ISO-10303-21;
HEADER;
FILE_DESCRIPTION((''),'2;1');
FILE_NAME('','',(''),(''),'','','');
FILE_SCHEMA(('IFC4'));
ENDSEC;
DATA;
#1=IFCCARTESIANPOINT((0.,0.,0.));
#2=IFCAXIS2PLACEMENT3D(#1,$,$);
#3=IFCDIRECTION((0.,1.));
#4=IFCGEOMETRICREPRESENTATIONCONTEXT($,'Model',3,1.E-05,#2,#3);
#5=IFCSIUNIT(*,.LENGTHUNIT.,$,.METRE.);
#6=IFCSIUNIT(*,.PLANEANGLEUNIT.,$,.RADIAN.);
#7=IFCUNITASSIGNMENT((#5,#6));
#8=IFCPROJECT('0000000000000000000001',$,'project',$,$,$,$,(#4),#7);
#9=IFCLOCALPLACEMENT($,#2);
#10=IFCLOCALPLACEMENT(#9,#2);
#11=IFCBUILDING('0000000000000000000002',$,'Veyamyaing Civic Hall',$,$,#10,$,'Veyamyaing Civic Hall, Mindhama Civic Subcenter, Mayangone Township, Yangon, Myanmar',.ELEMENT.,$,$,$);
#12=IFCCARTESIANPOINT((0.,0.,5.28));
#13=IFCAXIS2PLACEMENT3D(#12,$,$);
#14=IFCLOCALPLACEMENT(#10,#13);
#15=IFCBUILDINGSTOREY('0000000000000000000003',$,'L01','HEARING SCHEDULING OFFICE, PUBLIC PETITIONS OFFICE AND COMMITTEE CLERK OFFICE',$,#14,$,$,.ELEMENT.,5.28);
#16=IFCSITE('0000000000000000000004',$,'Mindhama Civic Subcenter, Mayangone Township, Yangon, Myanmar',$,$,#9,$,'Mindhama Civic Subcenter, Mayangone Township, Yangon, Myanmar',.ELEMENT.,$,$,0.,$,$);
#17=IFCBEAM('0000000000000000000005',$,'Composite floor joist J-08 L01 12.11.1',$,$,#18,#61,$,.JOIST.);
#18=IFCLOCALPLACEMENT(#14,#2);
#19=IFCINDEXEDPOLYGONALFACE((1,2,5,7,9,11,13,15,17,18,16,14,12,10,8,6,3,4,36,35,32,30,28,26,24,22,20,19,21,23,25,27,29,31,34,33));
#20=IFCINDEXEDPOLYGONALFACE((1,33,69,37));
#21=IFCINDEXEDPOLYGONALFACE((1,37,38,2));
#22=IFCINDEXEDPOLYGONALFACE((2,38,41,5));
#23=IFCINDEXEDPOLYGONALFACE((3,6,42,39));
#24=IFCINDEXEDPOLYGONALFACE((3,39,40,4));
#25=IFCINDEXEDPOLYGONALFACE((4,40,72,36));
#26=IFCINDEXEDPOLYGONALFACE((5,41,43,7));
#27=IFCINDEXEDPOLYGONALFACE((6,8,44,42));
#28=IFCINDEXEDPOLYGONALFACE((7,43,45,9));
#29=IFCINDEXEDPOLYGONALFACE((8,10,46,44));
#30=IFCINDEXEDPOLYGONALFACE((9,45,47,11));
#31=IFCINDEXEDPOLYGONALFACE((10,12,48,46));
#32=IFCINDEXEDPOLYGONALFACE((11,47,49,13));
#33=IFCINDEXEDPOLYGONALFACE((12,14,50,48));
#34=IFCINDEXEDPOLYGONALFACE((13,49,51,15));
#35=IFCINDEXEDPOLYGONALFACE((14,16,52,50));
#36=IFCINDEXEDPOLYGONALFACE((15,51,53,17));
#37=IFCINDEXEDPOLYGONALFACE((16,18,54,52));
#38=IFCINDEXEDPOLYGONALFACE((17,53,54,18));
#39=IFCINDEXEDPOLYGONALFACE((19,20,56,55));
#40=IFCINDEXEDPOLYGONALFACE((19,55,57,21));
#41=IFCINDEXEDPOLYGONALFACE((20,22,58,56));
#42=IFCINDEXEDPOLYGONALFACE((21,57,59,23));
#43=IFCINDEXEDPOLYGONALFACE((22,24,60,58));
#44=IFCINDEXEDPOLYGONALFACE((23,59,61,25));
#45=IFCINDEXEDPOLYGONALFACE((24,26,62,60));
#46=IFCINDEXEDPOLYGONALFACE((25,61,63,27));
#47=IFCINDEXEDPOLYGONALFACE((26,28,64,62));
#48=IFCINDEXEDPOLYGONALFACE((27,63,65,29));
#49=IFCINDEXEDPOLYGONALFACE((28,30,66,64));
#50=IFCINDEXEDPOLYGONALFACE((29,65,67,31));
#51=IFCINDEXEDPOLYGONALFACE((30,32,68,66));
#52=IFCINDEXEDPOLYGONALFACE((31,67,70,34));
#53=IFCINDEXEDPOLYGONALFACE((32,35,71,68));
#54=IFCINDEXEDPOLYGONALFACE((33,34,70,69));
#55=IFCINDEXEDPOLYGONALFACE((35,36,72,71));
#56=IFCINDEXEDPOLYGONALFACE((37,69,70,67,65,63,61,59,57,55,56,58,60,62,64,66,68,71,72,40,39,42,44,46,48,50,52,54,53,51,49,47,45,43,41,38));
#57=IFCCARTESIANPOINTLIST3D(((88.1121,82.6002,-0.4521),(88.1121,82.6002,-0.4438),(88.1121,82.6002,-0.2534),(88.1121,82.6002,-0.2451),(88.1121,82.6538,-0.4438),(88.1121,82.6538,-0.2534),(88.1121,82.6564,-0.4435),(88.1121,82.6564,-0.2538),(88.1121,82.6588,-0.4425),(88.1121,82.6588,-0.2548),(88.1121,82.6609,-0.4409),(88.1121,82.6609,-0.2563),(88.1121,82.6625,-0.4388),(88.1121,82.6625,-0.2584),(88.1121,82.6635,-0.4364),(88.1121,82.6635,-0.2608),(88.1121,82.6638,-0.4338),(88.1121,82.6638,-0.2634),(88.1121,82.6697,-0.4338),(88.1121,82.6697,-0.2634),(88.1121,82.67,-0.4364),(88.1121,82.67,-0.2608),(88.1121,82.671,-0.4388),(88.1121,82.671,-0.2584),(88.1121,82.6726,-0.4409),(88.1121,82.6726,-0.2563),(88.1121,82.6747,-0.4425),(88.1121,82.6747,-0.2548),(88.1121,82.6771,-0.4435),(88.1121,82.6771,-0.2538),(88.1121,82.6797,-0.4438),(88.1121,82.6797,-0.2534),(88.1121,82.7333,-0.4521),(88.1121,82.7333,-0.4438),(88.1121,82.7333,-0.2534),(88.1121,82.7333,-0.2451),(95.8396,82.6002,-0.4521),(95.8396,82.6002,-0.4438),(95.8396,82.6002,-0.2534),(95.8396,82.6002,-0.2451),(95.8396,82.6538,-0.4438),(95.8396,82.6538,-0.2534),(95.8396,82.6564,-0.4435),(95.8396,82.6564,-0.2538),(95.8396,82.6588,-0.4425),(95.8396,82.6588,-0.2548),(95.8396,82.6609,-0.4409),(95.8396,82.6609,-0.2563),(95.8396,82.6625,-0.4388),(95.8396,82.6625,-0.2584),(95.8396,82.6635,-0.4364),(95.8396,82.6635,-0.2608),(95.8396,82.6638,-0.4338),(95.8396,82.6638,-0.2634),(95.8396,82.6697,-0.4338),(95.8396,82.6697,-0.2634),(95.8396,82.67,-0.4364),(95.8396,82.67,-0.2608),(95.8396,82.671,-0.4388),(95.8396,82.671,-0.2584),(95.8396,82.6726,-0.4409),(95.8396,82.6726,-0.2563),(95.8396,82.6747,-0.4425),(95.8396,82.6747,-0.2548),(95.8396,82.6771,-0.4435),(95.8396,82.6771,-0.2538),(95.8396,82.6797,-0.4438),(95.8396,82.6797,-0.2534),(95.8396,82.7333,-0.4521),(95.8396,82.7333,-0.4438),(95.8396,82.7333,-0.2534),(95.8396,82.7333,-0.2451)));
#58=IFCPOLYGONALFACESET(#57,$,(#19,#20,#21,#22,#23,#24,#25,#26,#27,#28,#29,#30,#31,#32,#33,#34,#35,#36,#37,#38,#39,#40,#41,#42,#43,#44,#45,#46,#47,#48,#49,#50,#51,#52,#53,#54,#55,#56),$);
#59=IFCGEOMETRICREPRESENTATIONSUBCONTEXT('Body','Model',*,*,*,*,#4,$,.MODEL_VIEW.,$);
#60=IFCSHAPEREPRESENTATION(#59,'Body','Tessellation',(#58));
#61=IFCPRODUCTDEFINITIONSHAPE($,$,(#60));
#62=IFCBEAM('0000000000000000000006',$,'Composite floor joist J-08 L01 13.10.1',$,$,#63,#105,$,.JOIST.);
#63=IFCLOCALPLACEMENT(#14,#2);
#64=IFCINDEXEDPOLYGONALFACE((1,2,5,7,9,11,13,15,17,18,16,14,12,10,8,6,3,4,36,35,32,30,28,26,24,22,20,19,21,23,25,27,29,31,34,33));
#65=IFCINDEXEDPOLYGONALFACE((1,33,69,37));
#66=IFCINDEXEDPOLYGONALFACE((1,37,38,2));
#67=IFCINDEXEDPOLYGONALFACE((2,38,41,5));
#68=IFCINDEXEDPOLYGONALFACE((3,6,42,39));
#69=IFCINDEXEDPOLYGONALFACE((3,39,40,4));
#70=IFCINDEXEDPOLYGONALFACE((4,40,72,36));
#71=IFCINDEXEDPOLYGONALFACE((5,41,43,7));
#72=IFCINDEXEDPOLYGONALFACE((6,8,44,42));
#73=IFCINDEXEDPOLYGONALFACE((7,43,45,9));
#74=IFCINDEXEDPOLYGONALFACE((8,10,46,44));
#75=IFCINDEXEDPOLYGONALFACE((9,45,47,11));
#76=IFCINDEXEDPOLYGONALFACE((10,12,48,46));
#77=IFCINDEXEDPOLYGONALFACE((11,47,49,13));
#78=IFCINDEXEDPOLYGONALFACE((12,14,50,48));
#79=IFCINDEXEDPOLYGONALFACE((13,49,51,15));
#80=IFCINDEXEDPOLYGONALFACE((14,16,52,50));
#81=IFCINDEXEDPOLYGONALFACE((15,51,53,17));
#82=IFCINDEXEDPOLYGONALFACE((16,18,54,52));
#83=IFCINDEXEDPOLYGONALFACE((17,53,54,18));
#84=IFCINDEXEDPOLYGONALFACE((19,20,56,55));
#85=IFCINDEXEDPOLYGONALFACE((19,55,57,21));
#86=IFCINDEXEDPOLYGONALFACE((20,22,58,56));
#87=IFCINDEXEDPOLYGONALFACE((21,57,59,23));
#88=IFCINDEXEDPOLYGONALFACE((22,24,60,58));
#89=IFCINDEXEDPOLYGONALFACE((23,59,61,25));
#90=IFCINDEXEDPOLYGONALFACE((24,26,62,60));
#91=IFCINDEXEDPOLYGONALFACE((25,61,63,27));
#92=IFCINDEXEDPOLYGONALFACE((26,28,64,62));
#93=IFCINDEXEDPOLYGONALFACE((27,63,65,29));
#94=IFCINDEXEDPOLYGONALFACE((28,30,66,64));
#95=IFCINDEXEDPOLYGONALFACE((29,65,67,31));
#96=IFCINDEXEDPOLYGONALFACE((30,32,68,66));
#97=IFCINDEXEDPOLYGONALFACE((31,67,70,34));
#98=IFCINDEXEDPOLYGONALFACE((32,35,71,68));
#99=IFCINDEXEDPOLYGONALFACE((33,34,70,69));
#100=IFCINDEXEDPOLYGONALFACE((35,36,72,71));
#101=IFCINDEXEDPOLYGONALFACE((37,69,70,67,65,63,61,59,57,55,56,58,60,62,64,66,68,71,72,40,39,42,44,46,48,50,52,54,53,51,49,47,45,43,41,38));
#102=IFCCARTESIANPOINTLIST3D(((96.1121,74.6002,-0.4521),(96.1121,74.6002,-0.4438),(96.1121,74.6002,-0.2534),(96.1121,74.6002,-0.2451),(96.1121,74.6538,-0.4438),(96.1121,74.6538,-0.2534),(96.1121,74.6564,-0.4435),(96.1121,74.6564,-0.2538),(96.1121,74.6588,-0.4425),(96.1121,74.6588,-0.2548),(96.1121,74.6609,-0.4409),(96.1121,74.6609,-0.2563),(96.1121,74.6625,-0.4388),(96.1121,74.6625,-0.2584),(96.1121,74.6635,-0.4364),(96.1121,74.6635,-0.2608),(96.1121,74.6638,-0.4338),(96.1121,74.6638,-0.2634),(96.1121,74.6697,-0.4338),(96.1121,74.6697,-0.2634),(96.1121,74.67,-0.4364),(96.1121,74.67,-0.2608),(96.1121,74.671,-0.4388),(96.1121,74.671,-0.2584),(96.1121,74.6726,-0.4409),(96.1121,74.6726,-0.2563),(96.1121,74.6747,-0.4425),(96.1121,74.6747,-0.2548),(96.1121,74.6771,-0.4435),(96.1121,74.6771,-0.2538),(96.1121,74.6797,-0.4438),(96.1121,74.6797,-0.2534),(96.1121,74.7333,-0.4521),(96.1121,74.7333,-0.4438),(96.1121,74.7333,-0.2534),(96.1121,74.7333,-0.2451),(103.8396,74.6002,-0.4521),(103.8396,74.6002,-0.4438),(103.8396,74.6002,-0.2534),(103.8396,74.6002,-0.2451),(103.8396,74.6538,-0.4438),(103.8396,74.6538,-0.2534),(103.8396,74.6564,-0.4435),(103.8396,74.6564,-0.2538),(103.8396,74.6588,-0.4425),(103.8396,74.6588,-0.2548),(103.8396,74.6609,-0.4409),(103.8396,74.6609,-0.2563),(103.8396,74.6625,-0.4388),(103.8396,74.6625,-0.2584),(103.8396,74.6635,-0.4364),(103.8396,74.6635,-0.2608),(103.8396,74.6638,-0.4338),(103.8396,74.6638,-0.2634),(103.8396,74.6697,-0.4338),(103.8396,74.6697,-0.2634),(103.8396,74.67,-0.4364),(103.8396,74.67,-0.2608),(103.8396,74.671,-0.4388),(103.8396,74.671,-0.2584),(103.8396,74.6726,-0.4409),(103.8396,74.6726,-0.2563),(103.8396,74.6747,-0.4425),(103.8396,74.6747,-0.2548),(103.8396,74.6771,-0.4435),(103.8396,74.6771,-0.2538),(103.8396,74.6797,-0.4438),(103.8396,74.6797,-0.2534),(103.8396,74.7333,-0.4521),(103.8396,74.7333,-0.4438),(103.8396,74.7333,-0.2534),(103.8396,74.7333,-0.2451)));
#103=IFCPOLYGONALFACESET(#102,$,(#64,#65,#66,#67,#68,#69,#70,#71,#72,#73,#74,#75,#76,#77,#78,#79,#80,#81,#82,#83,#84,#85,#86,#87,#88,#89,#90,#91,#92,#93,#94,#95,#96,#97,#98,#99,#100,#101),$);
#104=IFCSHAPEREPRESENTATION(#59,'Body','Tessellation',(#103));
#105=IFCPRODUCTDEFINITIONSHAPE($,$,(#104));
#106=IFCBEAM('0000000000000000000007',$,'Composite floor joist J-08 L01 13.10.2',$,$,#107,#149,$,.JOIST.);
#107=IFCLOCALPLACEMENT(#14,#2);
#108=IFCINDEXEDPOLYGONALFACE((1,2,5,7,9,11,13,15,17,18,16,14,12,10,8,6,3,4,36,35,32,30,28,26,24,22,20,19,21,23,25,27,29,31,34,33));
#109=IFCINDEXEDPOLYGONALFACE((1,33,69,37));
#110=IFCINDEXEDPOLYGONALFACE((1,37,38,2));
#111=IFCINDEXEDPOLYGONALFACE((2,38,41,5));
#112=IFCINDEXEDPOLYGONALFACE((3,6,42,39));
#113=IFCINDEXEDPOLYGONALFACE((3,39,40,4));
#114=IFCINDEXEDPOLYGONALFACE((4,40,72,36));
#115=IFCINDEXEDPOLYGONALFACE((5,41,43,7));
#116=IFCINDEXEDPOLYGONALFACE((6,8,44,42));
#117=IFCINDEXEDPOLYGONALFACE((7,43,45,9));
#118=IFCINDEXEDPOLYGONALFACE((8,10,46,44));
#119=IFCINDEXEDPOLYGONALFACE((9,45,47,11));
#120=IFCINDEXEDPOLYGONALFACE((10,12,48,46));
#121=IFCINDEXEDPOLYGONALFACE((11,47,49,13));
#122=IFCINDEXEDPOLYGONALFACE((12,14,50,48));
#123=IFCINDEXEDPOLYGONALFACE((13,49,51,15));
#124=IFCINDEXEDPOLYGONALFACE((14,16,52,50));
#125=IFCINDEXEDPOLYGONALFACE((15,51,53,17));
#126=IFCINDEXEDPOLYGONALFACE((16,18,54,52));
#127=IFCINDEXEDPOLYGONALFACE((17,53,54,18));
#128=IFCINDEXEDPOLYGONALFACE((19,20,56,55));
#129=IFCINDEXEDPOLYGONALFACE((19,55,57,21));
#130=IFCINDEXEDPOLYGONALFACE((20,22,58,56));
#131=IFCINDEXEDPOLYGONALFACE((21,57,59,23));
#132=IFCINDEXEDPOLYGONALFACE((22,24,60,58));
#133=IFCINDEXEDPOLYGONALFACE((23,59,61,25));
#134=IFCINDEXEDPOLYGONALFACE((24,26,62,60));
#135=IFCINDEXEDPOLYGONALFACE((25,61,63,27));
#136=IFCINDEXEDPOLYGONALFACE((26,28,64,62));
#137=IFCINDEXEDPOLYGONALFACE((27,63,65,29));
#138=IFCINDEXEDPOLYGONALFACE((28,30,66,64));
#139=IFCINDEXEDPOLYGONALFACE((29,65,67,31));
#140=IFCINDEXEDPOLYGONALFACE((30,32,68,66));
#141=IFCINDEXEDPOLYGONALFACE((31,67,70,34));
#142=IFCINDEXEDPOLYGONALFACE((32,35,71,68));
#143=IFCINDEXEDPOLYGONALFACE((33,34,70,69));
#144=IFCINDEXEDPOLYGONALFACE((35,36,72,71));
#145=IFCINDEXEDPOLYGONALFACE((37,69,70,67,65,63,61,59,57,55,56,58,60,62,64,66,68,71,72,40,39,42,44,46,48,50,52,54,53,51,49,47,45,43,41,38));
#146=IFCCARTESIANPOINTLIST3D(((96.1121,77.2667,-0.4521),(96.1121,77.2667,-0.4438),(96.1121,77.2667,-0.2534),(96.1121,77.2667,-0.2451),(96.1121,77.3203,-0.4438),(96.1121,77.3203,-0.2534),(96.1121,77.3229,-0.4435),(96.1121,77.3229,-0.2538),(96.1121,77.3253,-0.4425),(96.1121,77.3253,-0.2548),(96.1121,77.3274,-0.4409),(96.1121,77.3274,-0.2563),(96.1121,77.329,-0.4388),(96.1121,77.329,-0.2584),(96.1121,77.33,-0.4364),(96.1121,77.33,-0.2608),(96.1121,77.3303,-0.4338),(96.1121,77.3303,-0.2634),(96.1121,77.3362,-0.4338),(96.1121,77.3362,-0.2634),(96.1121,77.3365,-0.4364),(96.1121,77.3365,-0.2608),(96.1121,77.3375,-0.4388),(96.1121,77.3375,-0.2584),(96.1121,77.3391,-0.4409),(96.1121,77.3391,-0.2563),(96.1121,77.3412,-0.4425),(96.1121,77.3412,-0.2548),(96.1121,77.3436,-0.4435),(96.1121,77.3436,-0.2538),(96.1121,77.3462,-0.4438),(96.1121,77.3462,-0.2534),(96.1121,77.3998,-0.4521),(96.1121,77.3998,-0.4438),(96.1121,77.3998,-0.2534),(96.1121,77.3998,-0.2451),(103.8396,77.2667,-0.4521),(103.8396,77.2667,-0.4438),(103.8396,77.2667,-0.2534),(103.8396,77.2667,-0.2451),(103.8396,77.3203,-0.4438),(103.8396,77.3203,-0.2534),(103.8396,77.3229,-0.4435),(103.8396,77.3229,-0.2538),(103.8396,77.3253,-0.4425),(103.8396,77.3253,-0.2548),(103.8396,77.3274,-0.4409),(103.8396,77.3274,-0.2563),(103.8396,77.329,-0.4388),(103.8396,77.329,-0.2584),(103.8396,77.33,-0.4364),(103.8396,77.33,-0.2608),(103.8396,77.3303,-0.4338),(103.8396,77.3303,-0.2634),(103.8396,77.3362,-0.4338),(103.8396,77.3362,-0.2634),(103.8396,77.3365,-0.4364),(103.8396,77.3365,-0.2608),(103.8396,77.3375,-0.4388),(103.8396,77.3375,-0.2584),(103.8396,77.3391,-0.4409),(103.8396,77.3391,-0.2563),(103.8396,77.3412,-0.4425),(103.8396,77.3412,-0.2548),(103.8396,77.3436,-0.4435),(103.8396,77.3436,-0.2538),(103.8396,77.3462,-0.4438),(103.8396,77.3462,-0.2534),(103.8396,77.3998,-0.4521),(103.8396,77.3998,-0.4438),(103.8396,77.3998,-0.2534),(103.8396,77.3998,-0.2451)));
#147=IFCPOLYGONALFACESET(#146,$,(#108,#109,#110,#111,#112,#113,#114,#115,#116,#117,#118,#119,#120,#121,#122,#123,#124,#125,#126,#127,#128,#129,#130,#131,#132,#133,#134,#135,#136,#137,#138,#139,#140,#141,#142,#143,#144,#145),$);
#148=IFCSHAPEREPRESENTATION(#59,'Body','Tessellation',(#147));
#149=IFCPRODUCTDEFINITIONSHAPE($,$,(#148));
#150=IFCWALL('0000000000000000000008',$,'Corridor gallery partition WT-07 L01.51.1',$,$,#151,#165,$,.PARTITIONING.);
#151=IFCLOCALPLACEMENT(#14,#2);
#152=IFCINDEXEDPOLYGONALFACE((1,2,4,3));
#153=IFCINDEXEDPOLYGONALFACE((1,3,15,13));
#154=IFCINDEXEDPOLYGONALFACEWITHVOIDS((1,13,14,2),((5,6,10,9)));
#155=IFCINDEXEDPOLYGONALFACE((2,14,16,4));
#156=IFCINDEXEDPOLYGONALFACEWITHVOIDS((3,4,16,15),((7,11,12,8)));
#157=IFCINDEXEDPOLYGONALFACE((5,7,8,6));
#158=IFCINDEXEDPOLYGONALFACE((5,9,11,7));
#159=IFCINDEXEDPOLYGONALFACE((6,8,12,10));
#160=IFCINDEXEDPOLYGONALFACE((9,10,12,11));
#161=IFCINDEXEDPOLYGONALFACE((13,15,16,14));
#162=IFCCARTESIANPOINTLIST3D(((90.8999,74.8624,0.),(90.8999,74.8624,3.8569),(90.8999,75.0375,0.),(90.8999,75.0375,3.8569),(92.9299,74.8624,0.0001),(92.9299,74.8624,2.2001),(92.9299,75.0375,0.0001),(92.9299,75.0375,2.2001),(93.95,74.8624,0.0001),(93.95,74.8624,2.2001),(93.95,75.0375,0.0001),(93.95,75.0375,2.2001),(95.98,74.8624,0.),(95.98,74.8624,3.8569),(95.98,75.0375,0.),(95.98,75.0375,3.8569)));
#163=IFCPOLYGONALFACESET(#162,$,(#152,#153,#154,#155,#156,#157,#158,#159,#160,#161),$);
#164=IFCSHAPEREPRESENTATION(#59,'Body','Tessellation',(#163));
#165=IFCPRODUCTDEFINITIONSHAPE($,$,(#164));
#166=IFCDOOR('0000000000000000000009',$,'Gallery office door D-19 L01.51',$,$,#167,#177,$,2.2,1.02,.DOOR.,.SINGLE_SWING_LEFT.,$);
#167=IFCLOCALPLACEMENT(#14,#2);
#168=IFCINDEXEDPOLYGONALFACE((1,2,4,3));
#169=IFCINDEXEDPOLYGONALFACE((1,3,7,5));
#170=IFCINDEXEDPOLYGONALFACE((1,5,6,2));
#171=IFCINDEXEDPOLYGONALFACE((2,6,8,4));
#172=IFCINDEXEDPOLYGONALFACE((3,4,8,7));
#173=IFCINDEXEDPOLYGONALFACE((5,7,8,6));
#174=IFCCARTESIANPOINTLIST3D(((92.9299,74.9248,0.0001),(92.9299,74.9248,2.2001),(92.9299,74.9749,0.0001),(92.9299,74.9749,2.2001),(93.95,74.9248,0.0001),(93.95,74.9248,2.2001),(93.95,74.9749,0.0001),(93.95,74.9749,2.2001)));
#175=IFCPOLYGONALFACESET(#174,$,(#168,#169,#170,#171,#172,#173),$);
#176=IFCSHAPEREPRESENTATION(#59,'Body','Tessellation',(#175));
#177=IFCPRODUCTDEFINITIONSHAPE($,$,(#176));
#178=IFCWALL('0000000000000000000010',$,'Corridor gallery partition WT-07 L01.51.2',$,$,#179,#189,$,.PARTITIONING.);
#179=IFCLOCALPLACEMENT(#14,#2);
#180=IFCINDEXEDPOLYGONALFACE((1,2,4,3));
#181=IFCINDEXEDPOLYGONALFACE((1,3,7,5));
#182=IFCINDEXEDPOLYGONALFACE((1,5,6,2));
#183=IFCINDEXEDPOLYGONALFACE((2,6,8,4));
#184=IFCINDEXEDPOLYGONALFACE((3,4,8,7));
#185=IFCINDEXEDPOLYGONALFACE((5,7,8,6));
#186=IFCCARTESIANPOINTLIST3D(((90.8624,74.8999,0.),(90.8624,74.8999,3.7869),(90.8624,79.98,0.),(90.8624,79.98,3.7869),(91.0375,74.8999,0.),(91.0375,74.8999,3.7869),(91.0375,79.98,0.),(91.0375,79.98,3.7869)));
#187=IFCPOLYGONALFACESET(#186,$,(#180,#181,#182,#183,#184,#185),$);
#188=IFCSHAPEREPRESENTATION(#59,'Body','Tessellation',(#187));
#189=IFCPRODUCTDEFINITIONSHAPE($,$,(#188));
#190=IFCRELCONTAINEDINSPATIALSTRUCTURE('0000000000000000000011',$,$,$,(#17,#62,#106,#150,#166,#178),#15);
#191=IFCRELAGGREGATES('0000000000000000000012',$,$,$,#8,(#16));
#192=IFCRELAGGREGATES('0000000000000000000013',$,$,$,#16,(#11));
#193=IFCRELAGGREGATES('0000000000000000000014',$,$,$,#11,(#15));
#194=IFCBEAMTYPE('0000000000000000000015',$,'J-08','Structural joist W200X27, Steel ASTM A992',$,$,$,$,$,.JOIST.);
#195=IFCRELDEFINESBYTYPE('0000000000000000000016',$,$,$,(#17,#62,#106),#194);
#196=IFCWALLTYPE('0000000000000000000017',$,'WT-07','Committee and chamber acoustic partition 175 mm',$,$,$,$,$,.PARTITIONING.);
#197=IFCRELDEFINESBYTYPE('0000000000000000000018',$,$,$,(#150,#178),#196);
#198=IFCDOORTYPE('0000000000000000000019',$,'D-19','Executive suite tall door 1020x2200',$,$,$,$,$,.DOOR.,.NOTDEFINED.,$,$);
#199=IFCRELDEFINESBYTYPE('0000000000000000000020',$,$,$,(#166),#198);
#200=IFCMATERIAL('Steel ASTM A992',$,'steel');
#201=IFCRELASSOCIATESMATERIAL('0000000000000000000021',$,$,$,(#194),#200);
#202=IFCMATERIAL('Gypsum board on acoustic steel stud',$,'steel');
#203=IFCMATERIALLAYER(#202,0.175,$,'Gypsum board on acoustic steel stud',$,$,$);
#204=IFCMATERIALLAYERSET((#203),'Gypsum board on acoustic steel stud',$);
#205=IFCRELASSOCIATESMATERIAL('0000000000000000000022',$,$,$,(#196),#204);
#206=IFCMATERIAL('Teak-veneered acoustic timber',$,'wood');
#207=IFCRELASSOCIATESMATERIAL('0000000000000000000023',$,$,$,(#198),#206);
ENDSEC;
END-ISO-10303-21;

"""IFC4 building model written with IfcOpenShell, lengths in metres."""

from ifc_helpers import new_model, si_unit, direction, frame, frame_2d, origin, origin_2d, place, context, subcontext, project, spatial, rectangle, i_section, extrude, material, layer, layer_set, material_profile, profile_set, type_object, element, fill, save


model = new_model("IFC4")

# Units and contexts
model_context = context("Model", 3, precision=1e-05, world=origin(), true_north=direction((0.0, 1.0)))
body_context = subcontext(model_context, "Body", "Model", "MODEL_VIEW")
ifc_project = project(units=[si_unit("LENGTHUNIT", "METRE"), si_unit("PLANEANGLEUNIT", "RADIAN")], contexts=[model_context])

# Site, building, storey
site_placement = place(None, origin())
site = spatial("IfcSite", under=ifc_project, at=site_placement, Name="Mindhama Civic Subcenter, Mayangone Township, Yangon, Myanmar", LongName="Mindhama Civic Subcenter, Mayangone Township, Yangon, Myanmar", CompositionType="ELEMENT", RefElevation=0.0)
building_placement = place(site_placement, origin())
building = spatial("IfcBuilding", under=site, at=building_placement, Name="Veyamyaing Civic Hall", LongName="Veyamyaing Civic Hall, Mindhama Civic Subcenter, Mayangone Township, Yangon, Myanmar", CompositionType="ELEMENT")
storey_placement = place(building_placement, frame((0.0, 0.0, 5.28)))
storey = spatial("IfcBuildingStorey", under=building, at=storey_placement, Name="L01", Description="HEARING SCHEDULING OFFICE, PUBLIC PETITIONS OFFICE AND COMMITTEE CLERK OFFICE", CompositionType="ELEMENT", Elevation=5.28)

# Beams
ifc_material_1 = material(Name="Steel ASTM A992", Category="steel")
ifc_material_profile_1 = material_profile(ifc_material_1, i_section(OverallWidth=0.1331, OverallDepth=0.207, WebThickness=0.0059, FlangeThickness=0.0083, FilletRadius=0.01, at=origin_2d()), Name="W200X27")
ifc_profile_set_1 = profile_set([ifc_material_profile_1], Name="Steel ASTM A992")
beam_type_1 = type_object("IfcBeamType", Name="J-08", Description="Structural joist W200X27, Steel ASTM A992", PredefinedType="JOIST", material=ifc_profile_set_1)
for number, where, z_axis, x_axis, name in (
    (1, (88.1121, 82.6667, -0.3486), (1.0, 0.0, 0.0), (0.0, 1.0, 0.0), "Composite floor joist J-08 L01 12.11.1"),
    (2, (96.1121, 74.6667, -0.3486), (1.0, 0.0, 0.0), (0.0, 1.0, 0.0), "Composite floor joist J-08 L01 13.10.1"),
    (3, (96.1121, 77.3333, -0.3486), (1.0, 0.0, 0.0), (0.0, 1.0, 0.0), "Composite floor joist J-08 L01 13.10.2"),
):
    element("IfcBeam", number, at=place(storey_placement, frame(where, z_axis=z_axis, x_axis=x_axis)), inside=storey, type_object=beam_type_1, Name=name, PredefinedType="JOIST", context=body_context, shape_type="SweptSolid", body=[
        extrude(i_section(OverallWidth=0.1331, OverallDepth=0.207, WebThickness=0.0059, FlangeThickness=0.0083, FilletRadius=0.01, at=origin_2d()), origin(), (0.0, 0.0, 1.0), 7.7275),
    ])

# Wall, opening, door
ifc_material_2 = material(Name="Gypsum board on acoustic steel stud", Category="steel")
ifc_layer_1 = layer(ifc_material_2, 0.175, Name="Gypsum board on acoustic steel stud")
ifc_layer_set_1 = layer_set([ifc_layer_1], Name="Gypsum board on acoustic steel stud")
wall_type_1 = type_object("IfcWallType", Name="WT-07", Description="Committee and chamber acoustic partition 175 mm", PredefinedType="PARTITIONING", material=ifc_layer_set_1)
wall_1_placement = place(storey_placement, frame((90.8999, 74.95, 0.0), z_axis=(0.0, 0.0, 1.0), x_axis=(1.0, 0.0, 0.0)))
wall_1 = element("IfcWall", 4, at=wall_1_placement, inside=storey, type_object=wall_type_1, Name="Corridor gallery partition WT-07 L01.51.1", PredefinedType="PARTITIONING", context=body_context, shape_type="SweptSolid", body=[
    extrude(rectangle(XDim=5.0801, YDim=0.175, at=frame_2d((2.54, 0.0))), origin(), (0.0, 0.0, 1.0), 3.8569),
])
opening_1_placement = place(wall_1_placement, frame((2.03, 0.0, 0.0)))
opening_1 = element("IfcOpeningElement", 5, at=opening_1_placement, cuts=wall_1, PredefinedType="OPENING", context=body_context, shape_type="SweptSolid", body=[
    extrude(rectangle(XDim=1.02, YDim=2.2, at=frame_2d((0.51, 1.1001))), frame((0.0, 0.0974, 0.0), z_axis=(0.0, -1.0, 0.0), x_axis=(1.0, 0.0, 0.0)), (0.0, 0.0, 1.0), 0.1951),
])
ifc_material_3 = material(Name="Teak-veneered acoustic timber", Category="wood")
door_type_1 = type_object("IfcDoorType", Name="D-19", Description="Executive suite tall door 1020x2200", OperationType="NOTDEFINED", PredefinedType="DOOR", material=ifc_material_3)
door_1_placement = place(opening_1_placement, origin())
door_1 = element("IfcDoor", 6, at=door_1_placement, inside=storey, type_object=door_type_1, Name="Gallery office door D-19 L01.51", OperationType="SINGLE_SWING_LEFT", OverallHeight=2.2, OverallWidth=1.02, PredefinedType="DOOR", context=body_context, shape_type="SweptSolid", body=[
    extrude(rectangle(XDim=1.02, YDim=2.2, at=frame_2d((0.51, 1.1001))), frame((0.0, 0.0249, 0.0), z_axis=(0.0, -1.0, 0.0), x_axis=(1.0, 0.0, 0.0)), (0.0, 0.0, 1.0), 0.05),
])
fill(opening_1, door_1)

# Wall
wall_2_placement = place(storey_placement, frame((90.95, 74.8999, 0.0), z_axis=(0.0, 0.0, 1.0), x_axis=(0.0, 1.0, 0.0)))
element("IfcWall", 7, at=wall_2_placement, inside=storey, type_object=wall_type_1, Name="Corridor gallery partition WT-07 L01.51.2", PredefinedType="PARTITIONING", context=body_context, shape_type="SweptSolid", body=[
    extrude(rectangle(XDim=5.0801, YDim=0.175, at=frame_2d((2.54, 0.0))), origin(), (0.0, 0.0, 1.0), 3.7869),
])

save(model, "model.ifc")
